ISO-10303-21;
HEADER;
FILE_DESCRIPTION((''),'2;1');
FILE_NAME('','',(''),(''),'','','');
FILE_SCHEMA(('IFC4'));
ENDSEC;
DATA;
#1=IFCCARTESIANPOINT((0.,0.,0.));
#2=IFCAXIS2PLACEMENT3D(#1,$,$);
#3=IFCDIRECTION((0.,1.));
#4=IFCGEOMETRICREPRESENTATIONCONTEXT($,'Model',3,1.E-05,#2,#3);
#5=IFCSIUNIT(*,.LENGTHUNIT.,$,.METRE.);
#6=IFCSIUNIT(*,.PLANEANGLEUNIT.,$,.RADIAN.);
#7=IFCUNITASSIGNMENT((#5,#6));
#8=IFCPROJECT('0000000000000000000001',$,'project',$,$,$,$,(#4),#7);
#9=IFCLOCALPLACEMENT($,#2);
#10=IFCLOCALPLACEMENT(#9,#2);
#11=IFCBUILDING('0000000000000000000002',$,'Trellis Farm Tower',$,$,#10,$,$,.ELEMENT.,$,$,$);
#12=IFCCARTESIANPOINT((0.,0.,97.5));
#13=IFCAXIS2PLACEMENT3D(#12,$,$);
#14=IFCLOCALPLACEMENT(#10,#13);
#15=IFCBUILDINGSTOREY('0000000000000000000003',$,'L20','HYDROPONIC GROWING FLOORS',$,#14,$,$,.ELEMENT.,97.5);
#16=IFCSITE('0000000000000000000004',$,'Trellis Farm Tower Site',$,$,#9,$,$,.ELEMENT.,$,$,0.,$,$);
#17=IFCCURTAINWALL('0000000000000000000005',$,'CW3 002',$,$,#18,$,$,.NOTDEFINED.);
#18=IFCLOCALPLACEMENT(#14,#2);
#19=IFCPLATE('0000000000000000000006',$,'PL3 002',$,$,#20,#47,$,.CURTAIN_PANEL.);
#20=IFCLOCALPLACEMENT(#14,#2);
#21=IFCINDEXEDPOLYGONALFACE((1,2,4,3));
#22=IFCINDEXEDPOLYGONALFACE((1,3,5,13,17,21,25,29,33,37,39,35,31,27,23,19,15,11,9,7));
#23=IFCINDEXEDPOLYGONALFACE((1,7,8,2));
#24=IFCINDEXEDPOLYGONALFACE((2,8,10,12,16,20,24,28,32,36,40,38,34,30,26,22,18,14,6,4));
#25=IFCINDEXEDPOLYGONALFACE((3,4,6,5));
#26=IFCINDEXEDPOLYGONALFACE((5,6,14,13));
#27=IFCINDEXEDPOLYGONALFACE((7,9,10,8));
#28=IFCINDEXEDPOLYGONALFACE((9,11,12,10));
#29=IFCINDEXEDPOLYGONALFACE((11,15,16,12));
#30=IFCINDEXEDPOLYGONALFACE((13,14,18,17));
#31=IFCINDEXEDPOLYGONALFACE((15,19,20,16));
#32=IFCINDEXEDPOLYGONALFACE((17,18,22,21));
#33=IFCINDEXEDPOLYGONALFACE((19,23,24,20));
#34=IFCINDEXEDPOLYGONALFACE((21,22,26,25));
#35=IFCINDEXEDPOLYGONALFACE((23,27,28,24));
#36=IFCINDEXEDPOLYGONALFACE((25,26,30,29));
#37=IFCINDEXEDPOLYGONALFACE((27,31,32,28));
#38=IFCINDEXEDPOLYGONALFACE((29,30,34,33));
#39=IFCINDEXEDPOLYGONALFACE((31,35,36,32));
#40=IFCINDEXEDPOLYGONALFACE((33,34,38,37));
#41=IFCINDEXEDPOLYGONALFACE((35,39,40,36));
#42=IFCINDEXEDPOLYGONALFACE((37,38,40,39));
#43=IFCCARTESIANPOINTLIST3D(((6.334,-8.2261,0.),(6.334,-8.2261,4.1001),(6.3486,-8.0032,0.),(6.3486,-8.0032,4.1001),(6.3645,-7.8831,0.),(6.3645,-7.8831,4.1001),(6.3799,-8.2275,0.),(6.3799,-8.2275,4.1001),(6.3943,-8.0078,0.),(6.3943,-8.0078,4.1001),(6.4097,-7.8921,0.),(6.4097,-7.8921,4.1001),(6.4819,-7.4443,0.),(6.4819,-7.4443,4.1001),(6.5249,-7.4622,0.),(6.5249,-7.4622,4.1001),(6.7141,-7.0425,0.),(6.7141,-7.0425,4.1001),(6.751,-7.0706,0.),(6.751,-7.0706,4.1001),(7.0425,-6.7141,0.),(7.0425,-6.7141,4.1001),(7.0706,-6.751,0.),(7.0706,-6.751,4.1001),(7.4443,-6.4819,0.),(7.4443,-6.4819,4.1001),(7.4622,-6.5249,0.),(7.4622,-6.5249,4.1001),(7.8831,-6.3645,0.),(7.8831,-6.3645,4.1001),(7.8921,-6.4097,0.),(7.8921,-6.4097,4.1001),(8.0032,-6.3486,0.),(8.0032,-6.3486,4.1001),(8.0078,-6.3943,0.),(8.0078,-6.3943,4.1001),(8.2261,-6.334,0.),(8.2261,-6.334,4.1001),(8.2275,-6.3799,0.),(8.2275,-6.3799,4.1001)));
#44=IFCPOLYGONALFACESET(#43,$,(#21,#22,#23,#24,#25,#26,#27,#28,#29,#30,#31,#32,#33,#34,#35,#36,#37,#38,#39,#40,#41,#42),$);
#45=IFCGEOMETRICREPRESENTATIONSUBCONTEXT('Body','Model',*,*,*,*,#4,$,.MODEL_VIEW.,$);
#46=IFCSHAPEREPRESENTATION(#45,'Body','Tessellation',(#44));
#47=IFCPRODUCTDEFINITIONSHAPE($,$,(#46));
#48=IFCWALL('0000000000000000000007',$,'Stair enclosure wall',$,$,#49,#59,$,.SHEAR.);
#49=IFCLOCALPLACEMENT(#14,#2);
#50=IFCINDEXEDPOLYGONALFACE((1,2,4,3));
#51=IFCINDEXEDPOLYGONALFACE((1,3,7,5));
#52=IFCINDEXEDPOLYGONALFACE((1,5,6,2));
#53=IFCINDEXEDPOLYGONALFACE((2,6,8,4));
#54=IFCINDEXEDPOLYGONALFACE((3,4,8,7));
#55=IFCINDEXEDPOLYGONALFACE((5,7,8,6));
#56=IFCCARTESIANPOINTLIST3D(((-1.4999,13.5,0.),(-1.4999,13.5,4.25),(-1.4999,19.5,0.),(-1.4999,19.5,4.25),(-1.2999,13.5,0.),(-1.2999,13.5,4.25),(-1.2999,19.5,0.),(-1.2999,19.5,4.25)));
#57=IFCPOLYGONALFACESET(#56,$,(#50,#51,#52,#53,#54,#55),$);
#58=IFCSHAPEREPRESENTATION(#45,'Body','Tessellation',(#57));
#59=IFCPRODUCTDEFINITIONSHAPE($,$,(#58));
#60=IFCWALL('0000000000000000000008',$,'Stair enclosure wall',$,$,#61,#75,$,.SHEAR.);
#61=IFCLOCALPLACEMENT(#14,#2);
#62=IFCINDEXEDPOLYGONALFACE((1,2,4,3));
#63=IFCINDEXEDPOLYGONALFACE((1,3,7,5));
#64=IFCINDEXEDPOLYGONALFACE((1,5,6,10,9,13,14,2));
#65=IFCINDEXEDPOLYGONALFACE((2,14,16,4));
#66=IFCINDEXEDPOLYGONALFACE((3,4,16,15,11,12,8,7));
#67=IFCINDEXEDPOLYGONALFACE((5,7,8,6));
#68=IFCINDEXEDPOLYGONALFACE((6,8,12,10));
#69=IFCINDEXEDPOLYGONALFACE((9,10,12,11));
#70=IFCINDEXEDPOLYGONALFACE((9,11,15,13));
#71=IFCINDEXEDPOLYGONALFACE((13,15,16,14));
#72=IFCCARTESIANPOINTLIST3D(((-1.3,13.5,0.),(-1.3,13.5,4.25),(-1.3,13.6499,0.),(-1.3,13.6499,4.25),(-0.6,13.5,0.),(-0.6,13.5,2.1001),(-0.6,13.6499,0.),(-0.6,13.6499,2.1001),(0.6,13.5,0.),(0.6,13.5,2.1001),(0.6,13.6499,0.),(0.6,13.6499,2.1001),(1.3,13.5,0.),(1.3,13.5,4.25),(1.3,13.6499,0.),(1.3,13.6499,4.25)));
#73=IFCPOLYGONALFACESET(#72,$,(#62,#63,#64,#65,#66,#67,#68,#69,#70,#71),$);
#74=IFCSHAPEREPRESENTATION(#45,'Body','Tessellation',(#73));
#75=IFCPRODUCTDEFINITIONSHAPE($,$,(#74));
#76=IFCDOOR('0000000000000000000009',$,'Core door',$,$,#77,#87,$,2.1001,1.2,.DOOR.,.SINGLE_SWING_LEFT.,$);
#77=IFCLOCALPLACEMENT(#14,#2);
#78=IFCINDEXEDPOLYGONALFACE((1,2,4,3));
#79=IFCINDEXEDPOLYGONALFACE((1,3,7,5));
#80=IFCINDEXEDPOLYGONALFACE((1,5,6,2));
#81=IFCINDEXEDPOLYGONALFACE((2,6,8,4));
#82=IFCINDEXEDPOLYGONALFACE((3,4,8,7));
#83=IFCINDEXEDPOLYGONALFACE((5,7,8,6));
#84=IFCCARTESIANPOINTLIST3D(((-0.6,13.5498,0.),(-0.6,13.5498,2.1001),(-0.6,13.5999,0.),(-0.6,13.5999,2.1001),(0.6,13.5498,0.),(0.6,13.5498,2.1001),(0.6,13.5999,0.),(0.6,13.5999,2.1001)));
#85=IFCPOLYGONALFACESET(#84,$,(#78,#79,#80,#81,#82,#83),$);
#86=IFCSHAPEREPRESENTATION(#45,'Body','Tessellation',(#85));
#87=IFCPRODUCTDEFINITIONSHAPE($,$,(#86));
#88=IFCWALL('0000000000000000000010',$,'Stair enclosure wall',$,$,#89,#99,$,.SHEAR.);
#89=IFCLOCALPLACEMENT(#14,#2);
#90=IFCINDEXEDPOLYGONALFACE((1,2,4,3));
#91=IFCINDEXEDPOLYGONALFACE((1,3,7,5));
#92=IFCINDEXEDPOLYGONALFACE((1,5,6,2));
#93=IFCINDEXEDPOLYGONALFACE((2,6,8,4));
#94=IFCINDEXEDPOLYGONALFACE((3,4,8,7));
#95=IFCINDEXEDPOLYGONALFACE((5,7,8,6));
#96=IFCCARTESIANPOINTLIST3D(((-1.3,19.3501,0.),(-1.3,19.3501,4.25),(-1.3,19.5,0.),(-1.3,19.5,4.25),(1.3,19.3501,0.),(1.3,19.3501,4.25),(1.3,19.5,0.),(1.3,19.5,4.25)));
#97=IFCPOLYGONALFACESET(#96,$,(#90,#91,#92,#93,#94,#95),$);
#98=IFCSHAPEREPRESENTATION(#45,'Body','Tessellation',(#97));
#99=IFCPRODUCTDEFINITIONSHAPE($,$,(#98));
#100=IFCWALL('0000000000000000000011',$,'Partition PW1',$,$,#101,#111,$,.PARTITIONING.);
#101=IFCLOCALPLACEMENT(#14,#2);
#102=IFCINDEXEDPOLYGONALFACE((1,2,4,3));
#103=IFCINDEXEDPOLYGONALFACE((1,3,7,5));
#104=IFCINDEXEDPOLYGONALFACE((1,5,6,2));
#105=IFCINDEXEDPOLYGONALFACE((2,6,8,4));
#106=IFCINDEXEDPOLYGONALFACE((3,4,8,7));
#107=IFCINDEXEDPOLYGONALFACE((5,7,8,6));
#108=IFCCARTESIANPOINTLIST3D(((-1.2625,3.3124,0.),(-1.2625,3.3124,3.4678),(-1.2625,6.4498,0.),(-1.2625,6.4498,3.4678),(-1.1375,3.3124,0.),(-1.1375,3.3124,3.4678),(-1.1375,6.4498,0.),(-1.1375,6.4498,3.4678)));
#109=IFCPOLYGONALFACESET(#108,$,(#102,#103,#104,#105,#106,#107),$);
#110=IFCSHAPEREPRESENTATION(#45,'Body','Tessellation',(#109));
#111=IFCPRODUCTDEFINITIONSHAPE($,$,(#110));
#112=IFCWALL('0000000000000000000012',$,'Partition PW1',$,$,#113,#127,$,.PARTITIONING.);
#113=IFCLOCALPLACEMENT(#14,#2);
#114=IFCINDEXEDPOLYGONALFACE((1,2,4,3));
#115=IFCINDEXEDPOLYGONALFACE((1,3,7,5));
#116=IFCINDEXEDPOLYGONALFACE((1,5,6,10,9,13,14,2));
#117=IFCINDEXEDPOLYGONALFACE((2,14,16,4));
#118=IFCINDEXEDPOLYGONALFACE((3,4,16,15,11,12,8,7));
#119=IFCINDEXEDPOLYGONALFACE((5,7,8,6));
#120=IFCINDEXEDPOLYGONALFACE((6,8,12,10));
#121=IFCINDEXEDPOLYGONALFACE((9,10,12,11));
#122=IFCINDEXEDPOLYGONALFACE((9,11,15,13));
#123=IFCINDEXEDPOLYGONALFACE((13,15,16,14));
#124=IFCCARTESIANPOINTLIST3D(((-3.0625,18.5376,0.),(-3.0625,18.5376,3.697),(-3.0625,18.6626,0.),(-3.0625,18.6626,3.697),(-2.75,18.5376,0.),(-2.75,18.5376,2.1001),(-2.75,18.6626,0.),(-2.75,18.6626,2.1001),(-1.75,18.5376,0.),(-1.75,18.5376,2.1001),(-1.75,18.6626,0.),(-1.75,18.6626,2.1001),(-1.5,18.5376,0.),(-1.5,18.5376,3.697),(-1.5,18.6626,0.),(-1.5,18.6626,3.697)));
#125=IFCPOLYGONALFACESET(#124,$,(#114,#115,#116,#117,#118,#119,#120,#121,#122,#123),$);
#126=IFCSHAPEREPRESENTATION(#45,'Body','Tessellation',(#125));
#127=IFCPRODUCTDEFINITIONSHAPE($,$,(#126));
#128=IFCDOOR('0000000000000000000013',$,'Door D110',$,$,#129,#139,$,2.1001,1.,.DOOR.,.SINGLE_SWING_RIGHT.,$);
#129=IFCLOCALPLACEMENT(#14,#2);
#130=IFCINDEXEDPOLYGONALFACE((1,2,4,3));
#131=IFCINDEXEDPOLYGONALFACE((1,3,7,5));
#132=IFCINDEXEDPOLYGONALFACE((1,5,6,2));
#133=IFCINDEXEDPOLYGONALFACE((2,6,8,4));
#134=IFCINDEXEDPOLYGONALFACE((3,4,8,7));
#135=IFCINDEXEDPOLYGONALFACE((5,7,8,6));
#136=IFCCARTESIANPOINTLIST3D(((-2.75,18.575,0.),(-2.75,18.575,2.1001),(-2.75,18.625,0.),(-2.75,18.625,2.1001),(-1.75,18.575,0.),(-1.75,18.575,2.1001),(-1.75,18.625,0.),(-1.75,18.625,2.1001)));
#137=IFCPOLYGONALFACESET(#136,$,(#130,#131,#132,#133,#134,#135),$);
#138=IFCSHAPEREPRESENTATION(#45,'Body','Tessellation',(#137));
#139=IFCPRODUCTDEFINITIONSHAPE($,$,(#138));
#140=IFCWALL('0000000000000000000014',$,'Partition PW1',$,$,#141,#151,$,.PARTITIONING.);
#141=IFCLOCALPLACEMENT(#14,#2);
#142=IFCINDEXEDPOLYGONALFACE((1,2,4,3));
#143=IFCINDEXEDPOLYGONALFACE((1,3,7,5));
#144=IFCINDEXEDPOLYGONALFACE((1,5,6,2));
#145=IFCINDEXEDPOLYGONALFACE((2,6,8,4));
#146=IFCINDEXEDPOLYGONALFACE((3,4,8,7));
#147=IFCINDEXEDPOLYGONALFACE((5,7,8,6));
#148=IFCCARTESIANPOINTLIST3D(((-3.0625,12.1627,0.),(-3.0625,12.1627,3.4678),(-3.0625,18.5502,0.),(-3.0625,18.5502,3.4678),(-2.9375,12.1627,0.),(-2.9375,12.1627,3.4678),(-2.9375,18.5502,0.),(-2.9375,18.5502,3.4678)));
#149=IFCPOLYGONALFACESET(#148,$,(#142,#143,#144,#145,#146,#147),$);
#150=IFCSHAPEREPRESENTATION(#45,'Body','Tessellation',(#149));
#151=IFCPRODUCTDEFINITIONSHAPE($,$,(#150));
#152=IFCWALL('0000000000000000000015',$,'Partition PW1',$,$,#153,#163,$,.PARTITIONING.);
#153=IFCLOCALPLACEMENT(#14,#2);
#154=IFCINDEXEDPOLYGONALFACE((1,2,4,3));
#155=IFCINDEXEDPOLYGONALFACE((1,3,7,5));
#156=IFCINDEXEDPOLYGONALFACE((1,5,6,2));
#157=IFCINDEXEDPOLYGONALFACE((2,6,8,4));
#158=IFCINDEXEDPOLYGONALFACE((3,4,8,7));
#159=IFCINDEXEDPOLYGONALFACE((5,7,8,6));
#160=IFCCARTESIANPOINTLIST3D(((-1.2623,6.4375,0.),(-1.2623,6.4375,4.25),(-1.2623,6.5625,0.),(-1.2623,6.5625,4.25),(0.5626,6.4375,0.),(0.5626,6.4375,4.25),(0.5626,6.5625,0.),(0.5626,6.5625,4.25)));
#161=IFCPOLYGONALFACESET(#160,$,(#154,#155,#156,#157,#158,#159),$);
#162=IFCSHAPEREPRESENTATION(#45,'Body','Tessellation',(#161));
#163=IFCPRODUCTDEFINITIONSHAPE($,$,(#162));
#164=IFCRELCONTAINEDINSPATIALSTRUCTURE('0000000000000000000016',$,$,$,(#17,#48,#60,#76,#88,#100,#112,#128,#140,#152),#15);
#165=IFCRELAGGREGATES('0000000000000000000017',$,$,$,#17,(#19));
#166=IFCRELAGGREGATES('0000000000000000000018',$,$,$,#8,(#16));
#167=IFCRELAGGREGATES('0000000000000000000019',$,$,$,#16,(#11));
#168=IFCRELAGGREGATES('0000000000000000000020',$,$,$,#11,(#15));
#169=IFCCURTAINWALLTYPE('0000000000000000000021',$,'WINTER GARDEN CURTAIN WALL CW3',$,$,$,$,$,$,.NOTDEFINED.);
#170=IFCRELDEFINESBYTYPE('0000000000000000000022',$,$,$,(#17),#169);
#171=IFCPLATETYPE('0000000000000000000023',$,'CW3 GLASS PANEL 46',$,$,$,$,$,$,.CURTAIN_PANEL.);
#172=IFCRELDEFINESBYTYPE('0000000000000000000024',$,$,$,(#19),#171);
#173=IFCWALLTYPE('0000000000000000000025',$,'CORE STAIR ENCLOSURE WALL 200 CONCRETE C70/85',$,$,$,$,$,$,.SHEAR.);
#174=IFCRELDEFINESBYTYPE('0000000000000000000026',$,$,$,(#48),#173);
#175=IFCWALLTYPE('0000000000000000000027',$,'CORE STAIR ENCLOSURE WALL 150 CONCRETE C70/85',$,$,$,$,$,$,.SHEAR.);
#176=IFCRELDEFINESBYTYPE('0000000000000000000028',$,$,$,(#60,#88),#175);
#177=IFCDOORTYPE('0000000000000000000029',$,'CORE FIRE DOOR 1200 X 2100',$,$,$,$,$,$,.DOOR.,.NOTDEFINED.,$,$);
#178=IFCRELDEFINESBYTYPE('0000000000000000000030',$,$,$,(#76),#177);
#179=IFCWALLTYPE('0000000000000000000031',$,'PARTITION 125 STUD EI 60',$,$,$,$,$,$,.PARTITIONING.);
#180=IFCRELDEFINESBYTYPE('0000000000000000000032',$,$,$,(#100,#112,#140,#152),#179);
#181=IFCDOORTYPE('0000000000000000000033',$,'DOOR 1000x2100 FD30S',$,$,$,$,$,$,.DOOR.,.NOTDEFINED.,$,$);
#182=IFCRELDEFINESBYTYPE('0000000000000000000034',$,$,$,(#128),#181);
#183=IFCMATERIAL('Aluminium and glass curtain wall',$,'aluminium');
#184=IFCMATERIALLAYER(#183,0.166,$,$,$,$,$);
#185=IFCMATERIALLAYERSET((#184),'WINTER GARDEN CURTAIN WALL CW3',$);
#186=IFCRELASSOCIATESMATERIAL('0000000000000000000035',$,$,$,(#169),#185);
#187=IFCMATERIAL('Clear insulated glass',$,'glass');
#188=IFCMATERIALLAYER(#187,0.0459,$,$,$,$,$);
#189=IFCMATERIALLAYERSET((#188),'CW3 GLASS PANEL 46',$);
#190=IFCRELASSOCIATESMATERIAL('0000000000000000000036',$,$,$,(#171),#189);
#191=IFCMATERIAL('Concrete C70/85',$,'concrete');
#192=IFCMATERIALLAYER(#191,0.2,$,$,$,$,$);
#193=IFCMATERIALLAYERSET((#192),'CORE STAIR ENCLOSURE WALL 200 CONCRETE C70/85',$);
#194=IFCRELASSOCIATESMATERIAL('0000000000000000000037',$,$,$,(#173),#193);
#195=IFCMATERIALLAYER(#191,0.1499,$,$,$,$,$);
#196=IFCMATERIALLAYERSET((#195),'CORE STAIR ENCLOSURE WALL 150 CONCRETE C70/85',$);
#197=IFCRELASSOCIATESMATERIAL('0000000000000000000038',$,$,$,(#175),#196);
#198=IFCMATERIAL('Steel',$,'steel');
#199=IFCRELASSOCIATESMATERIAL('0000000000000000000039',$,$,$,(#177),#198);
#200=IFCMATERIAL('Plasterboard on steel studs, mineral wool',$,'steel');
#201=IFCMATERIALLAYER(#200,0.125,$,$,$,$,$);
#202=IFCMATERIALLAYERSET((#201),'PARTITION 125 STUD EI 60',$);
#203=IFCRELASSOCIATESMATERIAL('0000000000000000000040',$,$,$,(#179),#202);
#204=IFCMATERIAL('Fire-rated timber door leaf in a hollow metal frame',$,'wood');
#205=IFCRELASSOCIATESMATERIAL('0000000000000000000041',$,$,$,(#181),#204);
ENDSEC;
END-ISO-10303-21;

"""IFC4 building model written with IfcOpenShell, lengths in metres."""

from ifc_helpers import new_model, si_unit, direction, frame, frame_2d, origin, place, context, subcontext, project, spatial, polyline, rectangle, outline, extrude, source, transform, mapped, material, layer, layer_set, type_object, element, fill, aggregate, save


model = new_model("IFC4")

# Units and contexts
model_context = context("Model", 3, precision=1e-05, world=origin(), true_north=direction((0.0, 1.0)))
body_context = subcontext(model_context, "Body", "Model", "MODEL_VIEW")
ifc_project = project(units=[si_unit("LENGTHUNIT", "METRE"), si_unit("PLANEANGLEUNIT", "RADIAN")], contexts=[model_context])

# Site, building, storey
site_placement = place(None, origin())
site = spatial("IfcSite", under=ifc_project, at=site_placement, Name="Trellis Farm Tower Site", CompositionType="ELEMENT", RefElevation=0.0)
building_placement = place(site_placement, origin())
building = spatial("IfcBuilding", under=site, at=building_placement, Name="Trellis Farm Tower", CompositionType="ELEMENT")
storey_placement = place(building_placement, frame((0.0, 0.0, 97.5)))
storey = spatial("IfcBuildingStorey", under=building, at=storey_placement, Name="L20", Description="HYDROPONIC GROWING FLOORS", CompositionType="ELEMENT", Elevation=97.5)

# Curtain wall, plate
ifc_material_1 = material(Name="Aluminium and glass curtain wall", Category="aluminium")
ifc_layer_1 = layer(ifc_material_1, 0.166)
ifc_layer_set_1 = layer_set([ifc_layer_1], Name="WINTER GARDEN CURTAIN WALL CW3")
curtain_wall_type = type_object("IfcCurtainWallType", Name="WINTER GARDEN CURTAIN WALL CW3", PredefinedType="NOTDEFINED", material=ifc_layer_set_1)
placement_1 = place(storey_placement, origin())
curtain_wall = element("IfcCurtainWall", 1, at=placement_1, inside=storey, type_object=curtain_wall_type, Name="CW3 002", PredefinedType="NOTDEFINED")
ifc_material_2 = material(Name="Clear insulated glass", Category="glass")
ifc_layer_2 = layer(ifc_material_2, 0.0459)
ifc_layer_set_2 = layer_set([ifc_layer_2], Name="CW3 GLASS PANEL 46")
plate_type = type_object("IfcPlateType", Name="CW3 GLASS PANEL 46", PredefinedType="CURTAIN_PANEL", material=ifc_layer_set_2)
shared_shape_1 = source(origin(), body_context, "Body", "SweptSolid", [
    extrude(outline(polyline([(6.3799, -8.2275), (6.3943, -8.0078), (6.4097, -7.8921), (6.5249, -7.4622), (6.751, -7.0706), (7.0706, -6.751), (7.4622, -6.5249), (7.8921, -6.4097), (8.0078, -6.3943), (8.2275, -6.3799), (8.2261, -6.334), (8.0032, -6.3486), (7.8831, -6.3645), (7.4443, -6.4819), (7.0425, -6.7141), (6.7141, -7.0425), (6.4819, -7.4443), (6.3645, -7.8831), (6.3486, -8.0032), (6.334, -8.2261), (6.3799, -8.2275)])), origin(), (0.0, 0.0, 1.0), 4.1001),
])
plate = element("IfcPlate", 2, at=placement_1, type_object=plate_type, Name="PL3 002", PredefinedType="CURTAIN_PANEL", context=body_context, shape_type="MappedRepresentation", body=[
    mapped(shared_shape_1, transform((0.0, 0.0, 0.0))),
])
aggregate(curtain_wall, [plate])

# Wall
ifc_material_3 = material(Name="Concrete C70/85", Category="concrete")
ifc_layer_3 = layer(ifc_material_3, 0.2)
ifc_layer_set_3 = layer_set([ifc_layer_3], Name="CORE STAIR ENCLOSURE WALL 200 CONCRETE C70/85")
wall_type_1 = type_object("IfcWallType", Name="CORE STAIR ENCLOSURE WALL 200 CONCRETE C70/85", PredefinedType="SHEAR", material=ifc_layer_set_3)
shared_shape_2 = source(origin(), body_context, "Body", "SweptSolid", [
    extrude(rectangle(XDim=6.0, YDim=0.2, at=frame_2d((3.0, 0.0))), origin(), (0.0, 0.0, 1.0), 4.25),
])
wall_1_placement = place(storey_placement, frame((-1.3999, 13.5, 0.0), z_axis=(0.0, 0.0, 1.0), x_axis=(0.0, 1.0, 0.0)))
element("IfcWall", 3, at=wall_1_placement, inside=storey, type_object=wall_type_1, Name="Stair enclosure wall", PredefinedType="SHEAR", context=body_context, shape_type="MappedRepresentation", body=[
    mapped(shared_shape_2, transform((0.0, 0.0, 0.0))),
])

# Wall, opening, door
ifc_layer_4 = layer(ifc_material_3, 0.1499)
ifc_layer_set_4 = layer_set([ifc_layer_4], Name="CORE STAIR ENCLOSURE WALL 150 CONCRETE C70/85")
wall_type_2 = type_object("IfcWallType", Name="CORE STAIR ENCLOSURE WALL 150 CONCRETE C70/85", PredefinedType="SHEAR", material=ifc_layer_set_4)
shared_shape_3 = source(origin(), body_context, "Body", "SweptSolid", [
    extrude(rectangle(XDim=2.6001, YDim=0.1499, at=frame_2d((1.3, 0.0))), origin(), (0.0, 0.0, 1.0), 4.25),
])
wall_2_placement = place(storey_placement, frame((-1.3, 13.575, 0.0), z_axis=(0.0, 0.0, 1.0), x_axis=(1.0, 0.0, 0.0)))
wall_2 = element("IfcWall", 4, at=wall_2_placement, inside=storey, type_object=wall_type_2, Name="Stair enclosure wall", PredefinedType="SHEAR", context=body_context, shape_type="MappedRepresentation", body=[
    mapped(shared_shape_3, transform((0.0, 0.0, 0.0))),
])
shared_shape_4 = source(origin(), body_context, "Body", "SweptSolid", [
    extrude(rectangle(XDim=1.2, YDim=2.1001, at=frame_2d((0.6001, 1.05))), frame((0.0, 0.085, 0.0), z_axis=(0.0, -1.0, 0.0), x_axis=(1.0, 0.0, 0.0)), (0.0, 0.0, 1.0), 0.1699),
])
opening_1_placement = place(wall_2_placement, frame((0.7, 0.0, 0.0)))
opening_1 = element("IfcOpeningElement", 5, at=opening_1_placement, cuts=wall_2, PredefinedType="OPENING", context=body_context, shape_type="MappedRepresentation", body=[
    mapped(shared_shape_4, transform((0.0, 0.0, 0.0))),
])
ifc_material_4 = material(Name="Steel", Category="steel")
door_type_1 = type_object("IfcDoorType", Name="CORE FIRE DOOR 1200 X 2100", OperationType="NOTDEFINED", PredefinedType="DOOR", material=ifc_material_4)
shared_shape_5 = source(origin(), body_context, "Body", "SweptSolid", [
    extrude(rectangle(XDim=1.2, YDim=2.1001, at=frame_2d((0.6001, 1.05))), frame((0.0, 0.0249, 0.0), z_axis=(0.0, -1.0, 0.0), x_axis=(1.0, 0.0, 0.0)), (0.0, 0.0, 1.0), 0.05),
])
door_1_placement = place(opening_1_placement, origin())
door_1 = element("IfcDoor", 6, at=door_1_placement, inside=storey, type_object=door_type_1, Name="Core door", OperationType="SINGLE_SWING_LEFT", OverallHeight=2.1001, OverallWidth=1.2, PredefinedType="DOOR", context=body_context, shape_type="MappedRepresentation", body=[
    mapped(shared_shape_5, transform((0.0, 0.0, 0.0))),
])
fill(opening_1, door_1)

# Walls
wall_3_placement = place(storey_placement, frame((-1.3, 19.425, 0.0), z_axis=(0.0, 0.0, 1.0), x_axis=(1.0, 0.0, 0.0)))
element("IfcWall", 7, at=wall_3_placement, inside=storey, type_object=wall_type_2, Name="Stair enclosure wall", PredefinedType="SHEAR", context=body_context, shape_type="MappedRepresentation", body=[
    mapped(shared_shape_3, transform((0.0, 0.0, 0.0))),
])
ifc_material_5 = material(Name="Plasterboard on steel studs, mineral wool", Category="steel")
ifc_layer_5 = layer(ifc_material_5, 0.125)
ifc_layer_set_5 = layer_set([ifc_layer_5], Name="PARTITION 125 STUD EI 60")
wall_type_3 = type_object("IfcWallType", Name="PARTITION 125 STUD EI 60", PredefinedType="PARTITIONING", material=ifc_layer_set_5)
shared_shape_6 = source(origin(), body_context, "Body", "SweptSolid", [
    extrude(rectangle(XDim=3.1375, YDim=0.125, at=frame_2d((1.5688, 0.0))), origin(), (0.0, 0.0, 1.0), 3.4678),
])
wall_4_placement = place(storey_placement, frame((-1.2, 6.45, 0.0), z_axis=(0.0, 0.0, 1.0), x_axis=(0.0, -1.0, 0.0)))
element("IfcWall", 8, at=wall_4_placement, inside=storey, type_object=wall_type_3, Name="Partition PW1", PredefinedType="PARTITIONING", context=body_context, shape_type="MappedRepresentation", body=[
    mapped(shared_shape_6, transform((0.0, 0.0, 0.0))),
])

# Wall, opening, door
shared_shape_7 = source(origin(), body_context, "Body", "SweptSolid", [
    extrude(rectangle(XDim=1.5625, YDim=0.125, at=frame_2d((0.7812, 0.0))), origin(), (0.0, 0.0, 1.0), 3.697),
])
wall_5_placement = place(storey_placement, frame((-3.0625, 18.6001, 0.0), z_axis=(0.0, 0.0, 1.0), x_axis=(1.0, 0.0, 0.0)))
wall_5 = element("IfcWall", 9, at=wall_5_placement, inside=storey, type_object=wall_type_3, Name="Partition PW1", PredefinedType="PARTITIONING", context=body_context, shape_type="MappedRepresentation", body=[
    mapped(shared_shape_7, transform((0.0, 0.0, 0.0))),
])
shared_shape_8 = source(origin(), body_context, "Body", "SweptSolid", [
    extrude(rectangle(XDim=1.0, YDim=2.1001, at=frame_2d((0.5, 1.05))), frame((0.0, 0.0725, 0.0), z_axis=(0.0, -1.0, 0.0), x_axis=(1.0, 0.0, 0.0)), (0.0, 0.0, 1.0), 0.145),
])
opening_2_placement = place(wall_5_placement, frame((0.3125, 0.0, 0.0)))
opening_2 = element("IfcOpeningElement", 10, at=opening_2_placement, cuts=wall_5, PredefinedType="OPENING", context=body_context, shape_type="MappedRepresentation", body=[
    mapped(shared_shape_8, transform((0.0, 0.0, 0.0))),
])
ifc_material_6 = material(Name="Fire-rated timber door leaf in a hollow metal frame", Category="wood")
door_type_2 = type_object("IfcDoorType", Name="DOOR 1000x2100 FD30S", OperationType="NOTDEFINED", PredefinedType="DOOR", material=ifc_material_6)
shared_shape_9 = source(origin(), body_context, "Body", "SweptSolid", [
    extrude(rectangle(XDim=1.0, YDim=2.1001, at=frame_2d((0.5, 1.05))), frame((0.0, 0.0249, 0.0), z_axis=(0.0, -1.0, 0.0), x_axis=(1.0, 0.0, 0.0)), (0.0, 0.0, 1.0), 0.05),
])
door_2_placement = place(opening_2_placement, origin())
door_2 = element("IfcDoor", 11, at=door_2_placement, inside=storey, type_object=door_type_2, Name="Door D110", OperationType="SINGLE_SWING_RIGHT", OverallHeight=2.1001, OverallWidth=1.0, PredefinedType="DOOR", context=body_context, shape_type="MappedRepresentation", body=[
    mapped(shared_shape_9, transform((0.0, 0.0, 0.0))),
])
fill(opening_2, door_2)

# Walls
shared_shape_10 = source(origin(), body_context, "Body", "SweptSolid", [
    extrude(rectangle(XDim=6.3875, YDim=0.125, at=frame_2d((3.1938, 0.0))), origin(), (0.0, 0.0, 1.0), 3.4678),
])
wall_6_placement = place(storey_placement, frame((-3.0, 12.1626, 0.0), z_axis=(0.0, 0.0, 1.0), x_axis=(0.0, 1.0, 0.0)))
element("IfcWall", 12, at=wall_6_placement, inside=storey, type_object=wall_type_3, Name="Partition PW1", PredefinedType="PARTITIONING", context=body_context, shape_type="MappedRepresentation", body=[
    mapped(shared_shape_10, transform((0.0, 0.0, 0.0))),
])
shared_shape_11 = source(origin(), body_context, "Body", "SweptSolid", [
    extrude(rectangle(XDim=1.825, YDim=0.125, at=frame_2d((0.9126, 0.0))), origin(), (0.0, 0.0, 1.0), 4.25),
])
wall_7_placement = place(storey_placement, frame((-1.2625, 6.5, 0.0), z_axis=(0.0, 0.0, 1.0), x_axis=(1.0, 0.0, 0.0)))
element("IfcWall", 13, at=wall_7_placement, inside=storey, type_object=wall_type_3, Name="Partition PW1", PredefinedType="PARTITIONING", context=body_context, shape_type="MappedRepresentation", body=[
    mapped(shared_shape_11, transform((0.0, 0.0, 0.0))),
])

save(model, "model.ifc")
